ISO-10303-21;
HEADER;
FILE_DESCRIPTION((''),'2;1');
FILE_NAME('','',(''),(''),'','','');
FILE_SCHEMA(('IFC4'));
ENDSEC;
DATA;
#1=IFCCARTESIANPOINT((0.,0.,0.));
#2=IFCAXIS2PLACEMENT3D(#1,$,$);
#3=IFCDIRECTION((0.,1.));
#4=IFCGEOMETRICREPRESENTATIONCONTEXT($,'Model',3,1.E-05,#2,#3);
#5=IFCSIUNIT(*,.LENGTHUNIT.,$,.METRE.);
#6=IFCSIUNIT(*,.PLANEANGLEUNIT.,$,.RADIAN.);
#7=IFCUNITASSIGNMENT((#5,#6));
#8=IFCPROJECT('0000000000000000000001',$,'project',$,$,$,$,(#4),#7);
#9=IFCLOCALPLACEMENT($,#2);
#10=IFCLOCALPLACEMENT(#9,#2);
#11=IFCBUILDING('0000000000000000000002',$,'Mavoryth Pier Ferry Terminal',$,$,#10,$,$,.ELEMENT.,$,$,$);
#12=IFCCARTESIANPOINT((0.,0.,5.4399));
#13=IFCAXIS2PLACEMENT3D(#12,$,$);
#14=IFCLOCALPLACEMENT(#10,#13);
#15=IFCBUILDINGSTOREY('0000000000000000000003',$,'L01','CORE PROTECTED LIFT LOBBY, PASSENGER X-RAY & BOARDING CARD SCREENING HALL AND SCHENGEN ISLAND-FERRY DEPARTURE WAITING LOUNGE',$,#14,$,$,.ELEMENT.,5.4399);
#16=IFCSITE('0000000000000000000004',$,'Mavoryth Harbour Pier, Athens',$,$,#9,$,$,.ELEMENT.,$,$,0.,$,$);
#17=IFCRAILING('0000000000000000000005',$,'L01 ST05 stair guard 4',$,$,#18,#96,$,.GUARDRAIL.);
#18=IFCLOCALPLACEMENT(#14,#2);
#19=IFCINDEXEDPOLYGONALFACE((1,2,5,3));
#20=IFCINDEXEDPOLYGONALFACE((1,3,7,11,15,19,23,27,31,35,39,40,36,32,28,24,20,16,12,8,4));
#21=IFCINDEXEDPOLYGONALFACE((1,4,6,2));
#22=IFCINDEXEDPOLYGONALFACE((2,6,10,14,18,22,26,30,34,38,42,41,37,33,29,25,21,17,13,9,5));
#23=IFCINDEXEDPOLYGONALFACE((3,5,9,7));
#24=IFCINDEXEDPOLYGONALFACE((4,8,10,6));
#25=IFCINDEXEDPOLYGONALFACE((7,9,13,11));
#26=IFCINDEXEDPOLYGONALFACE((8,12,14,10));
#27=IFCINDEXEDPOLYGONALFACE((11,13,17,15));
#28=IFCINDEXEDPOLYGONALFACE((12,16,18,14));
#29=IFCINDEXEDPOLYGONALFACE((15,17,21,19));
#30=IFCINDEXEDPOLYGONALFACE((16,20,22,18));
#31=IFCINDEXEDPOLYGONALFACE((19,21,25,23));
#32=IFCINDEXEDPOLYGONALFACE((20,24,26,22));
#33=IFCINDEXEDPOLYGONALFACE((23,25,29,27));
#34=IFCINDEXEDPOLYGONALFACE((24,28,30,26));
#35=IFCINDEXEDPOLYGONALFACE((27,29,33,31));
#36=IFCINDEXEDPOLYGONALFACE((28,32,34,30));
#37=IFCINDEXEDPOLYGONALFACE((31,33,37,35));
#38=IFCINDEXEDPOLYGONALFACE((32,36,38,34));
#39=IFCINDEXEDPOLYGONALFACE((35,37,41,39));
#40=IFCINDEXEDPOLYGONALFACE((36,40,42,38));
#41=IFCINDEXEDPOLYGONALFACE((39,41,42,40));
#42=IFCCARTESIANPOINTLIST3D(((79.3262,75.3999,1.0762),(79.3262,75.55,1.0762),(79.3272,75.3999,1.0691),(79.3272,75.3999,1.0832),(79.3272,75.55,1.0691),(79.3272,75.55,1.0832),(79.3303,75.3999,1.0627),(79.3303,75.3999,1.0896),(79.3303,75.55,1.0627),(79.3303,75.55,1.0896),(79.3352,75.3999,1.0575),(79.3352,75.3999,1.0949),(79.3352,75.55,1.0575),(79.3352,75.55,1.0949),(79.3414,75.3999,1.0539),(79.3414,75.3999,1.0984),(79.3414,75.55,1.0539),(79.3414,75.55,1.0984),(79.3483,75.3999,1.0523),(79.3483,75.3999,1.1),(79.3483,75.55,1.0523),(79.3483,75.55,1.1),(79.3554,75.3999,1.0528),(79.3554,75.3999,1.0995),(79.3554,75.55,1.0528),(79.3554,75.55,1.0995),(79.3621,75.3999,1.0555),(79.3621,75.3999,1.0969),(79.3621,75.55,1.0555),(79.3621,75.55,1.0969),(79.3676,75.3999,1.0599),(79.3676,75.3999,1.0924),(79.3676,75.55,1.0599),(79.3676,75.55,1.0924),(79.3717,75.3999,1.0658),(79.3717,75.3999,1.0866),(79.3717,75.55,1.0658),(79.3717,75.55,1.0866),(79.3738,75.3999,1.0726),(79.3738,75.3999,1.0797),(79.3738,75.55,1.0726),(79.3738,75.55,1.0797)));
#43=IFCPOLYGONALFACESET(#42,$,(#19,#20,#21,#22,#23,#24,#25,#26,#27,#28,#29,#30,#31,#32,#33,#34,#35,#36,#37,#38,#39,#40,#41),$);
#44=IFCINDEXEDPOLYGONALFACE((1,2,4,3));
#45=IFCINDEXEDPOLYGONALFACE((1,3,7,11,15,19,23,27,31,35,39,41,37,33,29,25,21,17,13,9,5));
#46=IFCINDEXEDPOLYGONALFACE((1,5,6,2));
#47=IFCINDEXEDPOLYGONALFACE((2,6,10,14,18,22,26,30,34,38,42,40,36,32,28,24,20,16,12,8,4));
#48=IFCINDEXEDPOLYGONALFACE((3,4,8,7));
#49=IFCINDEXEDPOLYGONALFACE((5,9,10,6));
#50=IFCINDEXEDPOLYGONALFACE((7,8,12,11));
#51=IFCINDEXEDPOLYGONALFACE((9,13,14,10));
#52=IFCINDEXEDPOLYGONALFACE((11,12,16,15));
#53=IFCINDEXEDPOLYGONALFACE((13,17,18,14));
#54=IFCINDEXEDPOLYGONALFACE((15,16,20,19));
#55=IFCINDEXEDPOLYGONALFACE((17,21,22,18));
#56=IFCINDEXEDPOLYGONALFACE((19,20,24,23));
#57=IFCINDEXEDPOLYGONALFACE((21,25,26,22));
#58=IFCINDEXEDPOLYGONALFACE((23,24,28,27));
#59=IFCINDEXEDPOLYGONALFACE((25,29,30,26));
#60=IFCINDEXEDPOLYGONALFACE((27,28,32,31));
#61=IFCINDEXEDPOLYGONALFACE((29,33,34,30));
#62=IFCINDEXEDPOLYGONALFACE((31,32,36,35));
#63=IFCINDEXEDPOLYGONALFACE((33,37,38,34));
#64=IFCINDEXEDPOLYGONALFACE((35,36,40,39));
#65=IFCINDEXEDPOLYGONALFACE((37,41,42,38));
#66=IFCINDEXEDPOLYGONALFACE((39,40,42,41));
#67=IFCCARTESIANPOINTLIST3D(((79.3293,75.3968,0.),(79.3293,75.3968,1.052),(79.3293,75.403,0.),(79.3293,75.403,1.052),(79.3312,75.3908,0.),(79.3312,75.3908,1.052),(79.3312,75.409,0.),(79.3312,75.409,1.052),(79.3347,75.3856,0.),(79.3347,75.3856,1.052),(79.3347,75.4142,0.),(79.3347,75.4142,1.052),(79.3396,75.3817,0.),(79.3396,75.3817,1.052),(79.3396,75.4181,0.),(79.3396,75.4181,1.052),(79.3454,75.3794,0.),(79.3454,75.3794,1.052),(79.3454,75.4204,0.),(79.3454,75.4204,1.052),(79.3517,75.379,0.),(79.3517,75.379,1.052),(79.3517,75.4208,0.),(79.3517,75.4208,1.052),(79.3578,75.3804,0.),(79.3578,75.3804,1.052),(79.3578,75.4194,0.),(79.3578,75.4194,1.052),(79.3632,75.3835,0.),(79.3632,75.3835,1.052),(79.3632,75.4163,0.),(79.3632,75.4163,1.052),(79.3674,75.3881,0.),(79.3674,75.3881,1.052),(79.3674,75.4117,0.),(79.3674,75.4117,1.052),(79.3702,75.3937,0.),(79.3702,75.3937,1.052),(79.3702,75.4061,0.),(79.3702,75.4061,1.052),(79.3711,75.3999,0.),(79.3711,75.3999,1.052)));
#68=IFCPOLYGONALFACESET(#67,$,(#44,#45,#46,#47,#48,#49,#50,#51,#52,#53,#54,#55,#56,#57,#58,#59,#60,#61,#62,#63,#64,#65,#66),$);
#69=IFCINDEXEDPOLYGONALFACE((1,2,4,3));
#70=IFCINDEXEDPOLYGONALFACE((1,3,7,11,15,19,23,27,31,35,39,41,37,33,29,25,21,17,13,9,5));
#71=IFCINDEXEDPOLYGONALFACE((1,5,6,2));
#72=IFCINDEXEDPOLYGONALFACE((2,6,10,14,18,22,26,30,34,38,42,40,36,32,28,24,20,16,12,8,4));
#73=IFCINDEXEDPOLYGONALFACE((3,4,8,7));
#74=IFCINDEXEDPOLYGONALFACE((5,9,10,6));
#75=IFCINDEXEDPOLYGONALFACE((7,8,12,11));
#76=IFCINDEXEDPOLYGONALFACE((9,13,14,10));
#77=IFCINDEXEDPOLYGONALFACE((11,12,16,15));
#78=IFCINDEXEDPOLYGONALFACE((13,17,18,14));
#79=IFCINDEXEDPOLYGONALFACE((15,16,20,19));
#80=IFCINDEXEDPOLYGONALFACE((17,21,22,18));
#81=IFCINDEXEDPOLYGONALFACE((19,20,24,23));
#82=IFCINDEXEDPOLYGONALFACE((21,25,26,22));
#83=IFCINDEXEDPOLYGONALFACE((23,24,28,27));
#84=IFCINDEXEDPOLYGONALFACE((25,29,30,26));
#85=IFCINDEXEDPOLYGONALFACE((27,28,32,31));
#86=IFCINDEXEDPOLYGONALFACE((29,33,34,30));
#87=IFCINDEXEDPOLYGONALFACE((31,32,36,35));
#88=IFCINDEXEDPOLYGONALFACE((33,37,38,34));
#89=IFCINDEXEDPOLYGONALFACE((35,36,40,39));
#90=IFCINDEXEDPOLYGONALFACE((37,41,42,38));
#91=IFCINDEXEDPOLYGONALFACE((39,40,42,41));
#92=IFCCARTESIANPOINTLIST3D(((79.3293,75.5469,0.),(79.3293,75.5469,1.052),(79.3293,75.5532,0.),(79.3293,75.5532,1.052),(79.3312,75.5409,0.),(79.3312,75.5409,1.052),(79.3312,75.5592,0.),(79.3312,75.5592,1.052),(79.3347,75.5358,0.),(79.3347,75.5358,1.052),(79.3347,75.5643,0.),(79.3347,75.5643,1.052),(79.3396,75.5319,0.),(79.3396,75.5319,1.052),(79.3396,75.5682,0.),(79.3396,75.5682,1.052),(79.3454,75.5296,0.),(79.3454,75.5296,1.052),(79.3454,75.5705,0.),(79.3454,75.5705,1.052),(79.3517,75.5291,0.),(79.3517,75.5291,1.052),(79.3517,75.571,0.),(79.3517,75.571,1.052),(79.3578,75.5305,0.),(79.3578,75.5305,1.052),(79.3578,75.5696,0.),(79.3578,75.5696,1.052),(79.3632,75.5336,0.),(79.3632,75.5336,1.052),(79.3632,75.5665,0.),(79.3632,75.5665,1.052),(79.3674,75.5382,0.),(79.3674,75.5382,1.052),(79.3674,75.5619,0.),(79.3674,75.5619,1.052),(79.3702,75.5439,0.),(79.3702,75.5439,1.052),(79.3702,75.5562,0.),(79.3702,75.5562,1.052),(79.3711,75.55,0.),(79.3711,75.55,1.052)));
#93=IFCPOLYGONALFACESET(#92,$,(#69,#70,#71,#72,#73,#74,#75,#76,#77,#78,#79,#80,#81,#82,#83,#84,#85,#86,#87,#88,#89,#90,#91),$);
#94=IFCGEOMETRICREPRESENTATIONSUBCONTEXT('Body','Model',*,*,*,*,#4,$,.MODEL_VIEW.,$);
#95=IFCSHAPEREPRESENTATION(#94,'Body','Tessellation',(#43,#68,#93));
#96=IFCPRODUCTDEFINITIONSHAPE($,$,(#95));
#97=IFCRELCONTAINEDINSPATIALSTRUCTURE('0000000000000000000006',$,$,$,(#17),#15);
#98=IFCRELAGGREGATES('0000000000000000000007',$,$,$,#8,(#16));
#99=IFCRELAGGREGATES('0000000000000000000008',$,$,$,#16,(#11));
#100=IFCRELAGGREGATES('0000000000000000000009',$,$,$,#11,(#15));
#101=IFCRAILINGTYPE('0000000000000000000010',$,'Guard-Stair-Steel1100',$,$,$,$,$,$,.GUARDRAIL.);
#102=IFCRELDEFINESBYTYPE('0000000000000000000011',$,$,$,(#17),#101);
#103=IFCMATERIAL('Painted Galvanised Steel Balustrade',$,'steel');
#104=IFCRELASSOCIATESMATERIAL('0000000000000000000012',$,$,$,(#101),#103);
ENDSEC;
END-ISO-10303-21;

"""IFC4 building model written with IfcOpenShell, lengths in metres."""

from ifc_helpers import new_model, si_unit, direction, frame, origin, origin_2d, place, context, subcontext, project, spatial, circle, extrude, material, type_object, element, save


model = new_model("IFC4")

# Units and contexts
model_context = context("Model", 3, precision=1e-05, world=origin(), true_north=direction((0.0, 1.0)))
body_context = subcontext(model_context, "Body", "Model", "MODEL_VIEW")
ifc_project = project(units=[si_unit("LENGTHUNIT", "METRE"), si_unit("PLANEANGLEUNIT", "RADIAN")], contexts=[model_context])

# Site, building, storey
site_placement = place(None, origin())
site = spatial("IfcSite", under=ifc_project, at=site_placement, Name="Mavoryth Harbour Pier, Athens", CompositionType="ELEMENT", RefElevation=0.0)
building_placement = place(site_placement, origin())
building = spatial("IfcBuilding", under=site, at=building_placement, Name="Mavoryth Pier Ferry Terminal", CompositionType="ELEMENT")
storey_placement = place(building_placement, frame((0.0, 0.0, 5.4399)))
storey = spatial("IfcBuildingStorey", under=building, at=storey_placement, Name="L01", Description="CORE PROTECTED LIFT LOBBY, PASSENGER X-RAY & BOARDING CARD SCREENING HALL AND SCHENGEN ISLAND-FERRY DEPARTURE WAITING LOUNGE", CompositionType="ELEMENT", Elevation=5.4399)

# Railing
ifc_material_1 = material(Name="Painted Galvanised Steel Balustrade", Category="steel")
railing_type_1 = type_object("IfcRailingType", Name="Guard-Stair-Steel1100", PredefinedType="GUARDRAIL", material=ifc_material_1)
railing_1_placement = place(storey_placement, frame((79.3501, 75.3999, 0.0)))
element("IfcRailing", 1, at=railing_1_placement, inside=storey, type_object=railing_type_1, Name="L01 ST05 stair guard 4", PredefinedType="GUARDRAIL", context=body_context, shape_type="SweptSolid", body=[
    extrude(circle(Radius=0.0239, at=origin_2d()), frame((0.0, 0.0, 1.0762), z_axis=(0.0, 1.0, 0.0), x_axis=(-1.0, 0.0, 0.0)), (0.0, 0.0, 1.0), 0.1501),
    extrude(circle(Radius=0.021, at=origin_2d()), origin(), (0.0, 0.0, 1.0), 1.052),
    extrude(circle(Radius=0.021, at=origin_2d()), frame((0.0, 0.1501, 0.0)), (0.0, 0.0, 1.0), 1.052),
])

save(model, "model.ifc")
